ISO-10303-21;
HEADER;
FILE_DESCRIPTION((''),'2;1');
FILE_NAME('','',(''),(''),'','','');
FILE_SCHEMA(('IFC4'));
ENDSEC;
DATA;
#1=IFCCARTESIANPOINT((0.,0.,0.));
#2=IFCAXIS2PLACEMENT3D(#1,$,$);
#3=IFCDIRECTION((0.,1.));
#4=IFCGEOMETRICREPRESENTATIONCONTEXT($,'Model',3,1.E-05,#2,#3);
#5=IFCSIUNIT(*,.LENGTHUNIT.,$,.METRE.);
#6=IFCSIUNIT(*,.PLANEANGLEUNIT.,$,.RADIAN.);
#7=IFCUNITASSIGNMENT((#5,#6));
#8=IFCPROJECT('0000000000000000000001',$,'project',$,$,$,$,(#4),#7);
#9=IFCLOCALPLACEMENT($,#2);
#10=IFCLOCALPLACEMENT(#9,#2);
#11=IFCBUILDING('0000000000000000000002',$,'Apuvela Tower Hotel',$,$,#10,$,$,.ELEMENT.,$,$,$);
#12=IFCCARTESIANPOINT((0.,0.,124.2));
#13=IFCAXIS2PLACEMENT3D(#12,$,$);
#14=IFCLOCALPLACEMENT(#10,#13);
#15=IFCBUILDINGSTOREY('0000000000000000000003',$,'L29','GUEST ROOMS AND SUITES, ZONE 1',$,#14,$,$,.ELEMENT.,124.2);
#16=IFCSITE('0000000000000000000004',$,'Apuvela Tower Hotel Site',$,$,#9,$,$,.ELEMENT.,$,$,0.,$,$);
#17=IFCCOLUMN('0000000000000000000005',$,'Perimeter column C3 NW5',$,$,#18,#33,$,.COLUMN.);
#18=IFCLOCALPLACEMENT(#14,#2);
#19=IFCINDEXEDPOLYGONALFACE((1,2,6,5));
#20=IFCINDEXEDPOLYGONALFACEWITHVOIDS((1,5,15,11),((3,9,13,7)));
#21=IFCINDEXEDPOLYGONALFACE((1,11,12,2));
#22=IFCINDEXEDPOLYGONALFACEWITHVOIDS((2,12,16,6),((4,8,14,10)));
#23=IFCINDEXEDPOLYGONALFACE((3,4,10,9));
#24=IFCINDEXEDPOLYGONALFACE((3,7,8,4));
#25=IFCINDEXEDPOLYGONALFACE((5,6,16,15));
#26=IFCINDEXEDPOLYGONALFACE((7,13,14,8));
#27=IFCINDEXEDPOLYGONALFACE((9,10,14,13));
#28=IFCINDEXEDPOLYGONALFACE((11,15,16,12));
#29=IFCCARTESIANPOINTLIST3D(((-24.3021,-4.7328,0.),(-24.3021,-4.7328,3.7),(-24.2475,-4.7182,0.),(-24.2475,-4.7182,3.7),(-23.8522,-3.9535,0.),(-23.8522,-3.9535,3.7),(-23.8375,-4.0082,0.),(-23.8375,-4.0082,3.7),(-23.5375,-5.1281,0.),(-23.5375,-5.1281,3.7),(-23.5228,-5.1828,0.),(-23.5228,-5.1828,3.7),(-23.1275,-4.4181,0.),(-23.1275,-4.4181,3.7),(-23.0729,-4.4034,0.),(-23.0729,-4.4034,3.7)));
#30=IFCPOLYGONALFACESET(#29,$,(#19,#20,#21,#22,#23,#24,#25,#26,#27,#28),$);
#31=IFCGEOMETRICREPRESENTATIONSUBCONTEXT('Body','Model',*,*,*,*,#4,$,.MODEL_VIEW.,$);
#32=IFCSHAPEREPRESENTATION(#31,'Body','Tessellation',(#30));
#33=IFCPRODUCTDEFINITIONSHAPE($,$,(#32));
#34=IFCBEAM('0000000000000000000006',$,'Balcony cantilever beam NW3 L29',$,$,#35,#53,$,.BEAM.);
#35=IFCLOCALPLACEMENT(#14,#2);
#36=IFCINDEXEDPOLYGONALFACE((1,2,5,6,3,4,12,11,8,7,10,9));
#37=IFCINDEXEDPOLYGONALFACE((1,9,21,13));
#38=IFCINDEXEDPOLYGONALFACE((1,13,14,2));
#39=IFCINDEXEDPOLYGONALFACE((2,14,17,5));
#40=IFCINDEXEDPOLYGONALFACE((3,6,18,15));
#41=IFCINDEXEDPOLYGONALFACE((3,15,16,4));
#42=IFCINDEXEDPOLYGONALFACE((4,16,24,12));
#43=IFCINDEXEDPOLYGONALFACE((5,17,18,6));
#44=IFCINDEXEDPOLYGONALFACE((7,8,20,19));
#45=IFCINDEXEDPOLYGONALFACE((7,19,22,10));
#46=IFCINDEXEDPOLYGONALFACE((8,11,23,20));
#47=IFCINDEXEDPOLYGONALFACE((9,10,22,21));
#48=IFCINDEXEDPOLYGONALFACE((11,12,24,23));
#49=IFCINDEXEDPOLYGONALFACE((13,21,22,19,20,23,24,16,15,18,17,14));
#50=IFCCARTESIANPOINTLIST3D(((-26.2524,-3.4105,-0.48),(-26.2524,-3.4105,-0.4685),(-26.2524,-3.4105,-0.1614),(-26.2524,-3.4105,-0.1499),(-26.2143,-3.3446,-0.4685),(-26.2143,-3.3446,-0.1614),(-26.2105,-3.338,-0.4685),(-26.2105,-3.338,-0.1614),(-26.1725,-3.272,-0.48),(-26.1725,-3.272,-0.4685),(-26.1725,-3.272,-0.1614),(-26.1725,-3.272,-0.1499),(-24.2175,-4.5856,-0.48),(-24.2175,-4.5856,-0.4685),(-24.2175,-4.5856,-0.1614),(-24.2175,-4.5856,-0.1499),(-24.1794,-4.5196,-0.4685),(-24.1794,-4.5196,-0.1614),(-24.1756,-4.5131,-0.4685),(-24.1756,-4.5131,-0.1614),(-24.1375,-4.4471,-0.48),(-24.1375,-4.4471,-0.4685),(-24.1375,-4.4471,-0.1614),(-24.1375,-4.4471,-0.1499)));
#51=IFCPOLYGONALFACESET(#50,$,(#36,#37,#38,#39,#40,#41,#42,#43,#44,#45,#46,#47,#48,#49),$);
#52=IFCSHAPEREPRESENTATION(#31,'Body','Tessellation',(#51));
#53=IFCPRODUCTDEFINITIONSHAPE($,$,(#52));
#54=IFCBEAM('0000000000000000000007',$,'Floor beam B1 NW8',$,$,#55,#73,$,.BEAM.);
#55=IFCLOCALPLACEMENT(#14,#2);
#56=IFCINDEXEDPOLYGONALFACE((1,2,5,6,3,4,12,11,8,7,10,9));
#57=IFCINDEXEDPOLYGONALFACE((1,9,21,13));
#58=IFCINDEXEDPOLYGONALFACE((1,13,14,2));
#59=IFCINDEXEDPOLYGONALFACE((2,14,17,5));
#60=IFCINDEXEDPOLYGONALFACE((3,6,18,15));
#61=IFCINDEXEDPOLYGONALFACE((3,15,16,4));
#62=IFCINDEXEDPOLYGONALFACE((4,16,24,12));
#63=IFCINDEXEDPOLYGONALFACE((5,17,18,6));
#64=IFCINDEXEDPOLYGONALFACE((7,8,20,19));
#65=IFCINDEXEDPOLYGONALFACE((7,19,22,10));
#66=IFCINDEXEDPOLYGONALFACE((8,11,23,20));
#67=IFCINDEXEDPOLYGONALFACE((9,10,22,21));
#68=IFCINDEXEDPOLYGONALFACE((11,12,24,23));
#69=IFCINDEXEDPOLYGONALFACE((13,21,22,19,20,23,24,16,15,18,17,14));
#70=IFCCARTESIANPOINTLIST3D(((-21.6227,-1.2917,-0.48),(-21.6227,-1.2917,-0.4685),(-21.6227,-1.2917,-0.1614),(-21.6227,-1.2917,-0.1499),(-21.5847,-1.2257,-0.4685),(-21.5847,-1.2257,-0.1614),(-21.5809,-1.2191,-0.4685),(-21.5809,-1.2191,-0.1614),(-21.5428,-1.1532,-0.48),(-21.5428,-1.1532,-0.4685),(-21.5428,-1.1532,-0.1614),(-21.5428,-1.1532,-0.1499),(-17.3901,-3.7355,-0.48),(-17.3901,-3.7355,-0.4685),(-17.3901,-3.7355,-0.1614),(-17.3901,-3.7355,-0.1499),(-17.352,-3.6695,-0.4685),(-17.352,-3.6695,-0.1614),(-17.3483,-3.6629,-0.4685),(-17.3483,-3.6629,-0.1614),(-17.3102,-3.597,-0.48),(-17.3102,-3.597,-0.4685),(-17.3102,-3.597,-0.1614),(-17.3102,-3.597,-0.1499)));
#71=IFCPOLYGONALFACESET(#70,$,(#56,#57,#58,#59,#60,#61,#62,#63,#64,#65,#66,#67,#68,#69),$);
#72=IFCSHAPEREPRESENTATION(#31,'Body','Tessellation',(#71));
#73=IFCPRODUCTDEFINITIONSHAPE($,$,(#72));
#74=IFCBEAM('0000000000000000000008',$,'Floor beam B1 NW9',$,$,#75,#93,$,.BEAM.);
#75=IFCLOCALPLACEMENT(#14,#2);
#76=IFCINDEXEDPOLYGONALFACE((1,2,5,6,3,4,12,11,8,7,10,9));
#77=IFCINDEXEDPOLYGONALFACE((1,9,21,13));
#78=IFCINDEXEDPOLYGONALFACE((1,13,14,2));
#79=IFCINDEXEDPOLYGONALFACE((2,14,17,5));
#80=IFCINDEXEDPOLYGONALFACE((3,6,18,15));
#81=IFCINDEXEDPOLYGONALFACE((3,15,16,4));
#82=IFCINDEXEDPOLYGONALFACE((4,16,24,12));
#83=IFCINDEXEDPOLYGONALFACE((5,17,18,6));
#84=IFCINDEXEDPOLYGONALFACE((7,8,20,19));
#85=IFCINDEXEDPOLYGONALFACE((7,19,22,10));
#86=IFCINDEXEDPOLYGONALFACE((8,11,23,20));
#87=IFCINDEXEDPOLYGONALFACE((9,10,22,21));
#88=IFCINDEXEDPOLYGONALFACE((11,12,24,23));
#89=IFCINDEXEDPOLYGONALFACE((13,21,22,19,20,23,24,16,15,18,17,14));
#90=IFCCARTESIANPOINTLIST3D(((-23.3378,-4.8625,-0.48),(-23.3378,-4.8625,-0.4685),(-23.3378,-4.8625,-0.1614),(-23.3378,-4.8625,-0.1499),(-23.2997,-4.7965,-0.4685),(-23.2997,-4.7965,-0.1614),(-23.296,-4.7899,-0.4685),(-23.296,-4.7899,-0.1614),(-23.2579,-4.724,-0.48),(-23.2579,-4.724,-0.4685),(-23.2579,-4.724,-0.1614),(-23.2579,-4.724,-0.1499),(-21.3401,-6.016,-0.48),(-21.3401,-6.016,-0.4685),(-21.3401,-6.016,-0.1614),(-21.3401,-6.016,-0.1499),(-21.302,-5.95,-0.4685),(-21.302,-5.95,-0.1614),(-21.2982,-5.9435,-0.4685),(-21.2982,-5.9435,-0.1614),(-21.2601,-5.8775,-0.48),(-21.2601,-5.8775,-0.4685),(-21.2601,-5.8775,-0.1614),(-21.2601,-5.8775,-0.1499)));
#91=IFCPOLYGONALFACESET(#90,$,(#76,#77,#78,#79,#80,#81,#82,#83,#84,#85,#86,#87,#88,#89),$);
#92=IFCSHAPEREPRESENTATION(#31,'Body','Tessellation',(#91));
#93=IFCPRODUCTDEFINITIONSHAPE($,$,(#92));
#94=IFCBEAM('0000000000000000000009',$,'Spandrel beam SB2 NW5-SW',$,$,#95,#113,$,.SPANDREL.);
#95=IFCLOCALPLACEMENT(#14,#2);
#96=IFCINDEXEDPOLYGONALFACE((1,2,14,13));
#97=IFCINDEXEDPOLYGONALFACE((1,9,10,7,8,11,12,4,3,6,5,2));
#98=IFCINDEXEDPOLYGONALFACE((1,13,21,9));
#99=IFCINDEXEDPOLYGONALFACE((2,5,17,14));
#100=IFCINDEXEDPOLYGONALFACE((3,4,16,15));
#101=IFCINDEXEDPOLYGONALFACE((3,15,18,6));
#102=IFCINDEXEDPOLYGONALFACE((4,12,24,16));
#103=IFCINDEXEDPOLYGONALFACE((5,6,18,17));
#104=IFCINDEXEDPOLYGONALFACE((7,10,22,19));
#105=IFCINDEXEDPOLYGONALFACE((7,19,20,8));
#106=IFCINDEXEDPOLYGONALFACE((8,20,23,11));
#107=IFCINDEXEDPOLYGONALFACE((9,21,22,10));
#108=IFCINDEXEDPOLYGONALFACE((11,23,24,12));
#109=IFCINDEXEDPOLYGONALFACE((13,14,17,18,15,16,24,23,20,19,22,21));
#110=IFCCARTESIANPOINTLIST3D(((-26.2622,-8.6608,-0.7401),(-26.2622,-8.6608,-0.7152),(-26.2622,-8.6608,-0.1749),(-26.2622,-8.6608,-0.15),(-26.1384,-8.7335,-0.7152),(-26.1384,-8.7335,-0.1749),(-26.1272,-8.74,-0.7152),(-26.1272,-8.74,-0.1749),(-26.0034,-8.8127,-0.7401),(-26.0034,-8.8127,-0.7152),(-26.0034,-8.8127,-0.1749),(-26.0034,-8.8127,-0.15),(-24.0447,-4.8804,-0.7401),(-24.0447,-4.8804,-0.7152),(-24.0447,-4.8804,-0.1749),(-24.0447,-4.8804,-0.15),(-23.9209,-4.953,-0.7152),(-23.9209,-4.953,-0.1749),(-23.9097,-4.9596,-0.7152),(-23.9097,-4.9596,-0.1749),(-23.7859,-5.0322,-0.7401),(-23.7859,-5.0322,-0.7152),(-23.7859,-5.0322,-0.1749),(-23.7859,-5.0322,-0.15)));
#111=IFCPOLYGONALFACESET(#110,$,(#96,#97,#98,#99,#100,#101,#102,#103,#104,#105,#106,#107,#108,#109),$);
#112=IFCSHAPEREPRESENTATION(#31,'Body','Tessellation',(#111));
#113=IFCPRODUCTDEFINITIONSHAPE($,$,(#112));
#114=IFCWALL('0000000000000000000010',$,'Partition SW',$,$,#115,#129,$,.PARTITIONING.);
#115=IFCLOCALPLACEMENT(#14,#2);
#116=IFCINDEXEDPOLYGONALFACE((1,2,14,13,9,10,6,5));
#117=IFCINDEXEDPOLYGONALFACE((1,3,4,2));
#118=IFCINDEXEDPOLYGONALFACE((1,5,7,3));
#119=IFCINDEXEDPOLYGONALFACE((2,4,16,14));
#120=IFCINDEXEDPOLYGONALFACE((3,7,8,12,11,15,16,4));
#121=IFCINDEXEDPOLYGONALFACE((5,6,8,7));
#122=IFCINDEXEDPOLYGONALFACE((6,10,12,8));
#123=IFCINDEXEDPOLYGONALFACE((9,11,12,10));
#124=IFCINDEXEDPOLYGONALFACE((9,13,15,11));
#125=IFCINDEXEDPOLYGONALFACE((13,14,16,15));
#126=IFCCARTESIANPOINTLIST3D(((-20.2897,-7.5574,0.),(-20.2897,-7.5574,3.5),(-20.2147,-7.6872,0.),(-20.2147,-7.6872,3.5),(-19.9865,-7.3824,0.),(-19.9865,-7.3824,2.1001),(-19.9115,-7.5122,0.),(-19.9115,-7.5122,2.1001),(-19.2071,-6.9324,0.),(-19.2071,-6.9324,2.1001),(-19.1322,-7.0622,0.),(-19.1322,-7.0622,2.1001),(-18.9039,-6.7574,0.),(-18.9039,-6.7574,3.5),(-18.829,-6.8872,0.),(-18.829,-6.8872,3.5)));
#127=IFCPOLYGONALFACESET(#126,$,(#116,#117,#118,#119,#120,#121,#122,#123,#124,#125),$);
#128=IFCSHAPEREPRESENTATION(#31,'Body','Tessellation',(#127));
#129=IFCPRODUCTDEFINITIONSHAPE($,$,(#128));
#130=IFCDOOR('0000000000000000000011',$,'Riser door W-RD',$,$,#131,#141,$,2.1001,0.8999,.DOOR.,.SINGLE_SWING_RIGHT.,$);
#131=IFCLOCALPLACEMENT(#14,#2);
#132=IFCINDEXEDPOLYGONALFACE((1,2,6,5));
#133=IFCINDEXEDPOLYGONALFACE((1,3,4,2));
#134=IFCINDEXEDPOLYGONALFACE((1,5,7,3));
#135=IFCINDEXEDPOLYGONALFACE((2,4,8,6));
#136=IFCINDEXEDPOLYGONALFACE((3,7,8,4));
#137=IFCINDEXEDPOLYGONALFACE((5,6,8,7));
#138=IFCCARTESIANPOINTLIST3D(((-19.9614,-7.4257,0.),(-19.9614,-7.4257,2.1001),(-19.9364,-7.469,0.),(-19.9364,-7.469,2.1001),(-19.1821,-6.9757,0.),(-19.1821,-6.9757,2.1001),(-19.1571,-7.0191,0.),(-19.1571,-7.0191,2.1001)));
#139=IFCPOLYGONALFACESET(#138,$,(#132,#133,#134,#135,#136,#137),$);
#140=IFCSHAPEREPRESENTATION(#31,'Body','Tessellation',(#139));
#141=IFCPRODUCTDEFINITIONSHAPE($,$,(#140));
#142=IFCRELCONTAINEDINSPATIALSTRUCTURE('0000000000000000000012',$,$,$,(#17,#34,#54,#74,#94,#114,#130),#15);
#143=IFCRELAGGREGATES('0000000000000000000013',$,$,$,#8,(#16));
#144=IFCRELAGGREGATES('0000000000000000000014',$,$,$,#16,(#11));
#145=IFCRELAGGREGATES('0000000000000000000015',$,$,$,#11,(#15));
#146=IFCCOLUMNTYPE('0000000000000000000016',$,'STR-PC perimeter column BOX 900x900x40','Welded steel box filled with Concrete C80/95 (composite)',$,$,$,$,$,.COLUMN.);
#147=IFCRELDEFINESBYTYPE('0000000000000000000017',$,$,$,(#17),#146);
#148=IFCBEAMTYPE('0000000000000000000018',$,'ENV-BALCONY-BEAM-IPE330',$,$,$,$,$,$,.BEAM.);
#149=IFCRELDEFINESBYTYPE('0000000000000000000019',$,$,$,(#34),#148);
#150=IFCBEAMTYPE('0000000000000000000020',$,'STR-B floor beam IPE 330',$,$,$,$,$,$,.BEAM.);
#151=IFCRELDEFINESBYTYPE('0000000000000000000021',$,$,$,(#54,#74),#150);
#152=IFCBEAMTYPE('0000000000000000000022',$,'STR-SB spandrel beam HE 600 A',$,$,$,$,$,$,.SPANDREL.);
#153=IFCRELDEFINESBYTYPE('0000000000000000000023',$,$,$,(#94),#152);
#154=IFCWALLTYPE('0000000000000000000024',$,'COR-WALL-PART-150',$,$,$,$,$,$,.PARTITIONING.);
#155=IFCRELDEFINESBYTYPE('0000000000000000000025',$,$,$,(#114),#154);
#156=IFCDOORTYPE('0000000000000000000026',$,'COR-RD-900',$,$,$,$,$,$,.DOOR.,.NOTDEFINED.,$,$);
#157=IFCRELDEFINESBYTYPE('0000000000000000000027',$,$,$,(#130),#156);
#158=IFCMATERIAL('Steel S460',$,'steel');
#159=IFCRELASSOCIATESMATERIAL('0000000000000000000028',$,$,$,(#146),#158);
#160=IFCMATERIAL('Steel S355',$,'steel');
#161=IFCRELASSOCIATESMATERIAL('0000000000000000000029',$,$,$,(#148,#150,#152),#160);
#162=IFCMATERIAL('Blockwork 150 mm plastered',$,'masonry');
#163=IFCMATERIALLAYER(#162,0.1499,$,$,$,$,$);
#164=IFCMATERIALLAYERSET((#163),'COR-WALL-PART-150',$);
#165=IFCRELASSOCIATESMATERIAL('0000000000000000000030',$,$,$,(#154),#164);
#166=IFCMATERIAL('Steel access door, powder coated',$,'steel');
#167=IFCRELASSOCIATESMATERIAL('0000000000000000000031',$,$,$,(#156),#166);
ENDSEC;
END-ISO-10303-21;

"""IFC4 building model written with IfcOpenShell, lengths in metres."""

from ifc_helpers import new_model, si_unit, direction, frame, frame_2d, origin, origin_2d, place, context, subcontext, project, spatial, rectangle, hollow_rectangle, i_section, extrude, material, layer, layer_set, material_profile, profile_set, type_object, element, fill, save


model = new_model("IFC4")

# Units and contexts
model_context = context("Model", 3, precision=1e-05, world=origin(), true_north=direction((0.0, 1.0)))
body_context = subcontext(model_context, "Body", "Model", "MODEL_VIEW")
ifc_project = project(units=[si_unit("LENGTHUNIT", "METRE"), si_unit("PLANEANGLEUNIT", "RADIAN")], contexts=[model_context])

# Site, building, storey
site_placement = place(None, origin())
site = spatial("IfcSite", under=ifc_project, at=site_placement, Name="Apuvela Tower Hotel Site", CompositionType="ELEMENT", RefElevation=0.0)
building_placement = place(site_placement, origin())
building = spatial("IfcBuilding", under=site, at=building_placement, Name="Apuvela Tower Hotel", CompositionType="ELEMENT")
storey_placement = place(building_placement, frame((0.0, 0.0, 124.2)))
storey = spatial("IfcBuildingStorey", under=building, at=storey_placement, Name="L29", Description="GUEST ROOMS AND SUITES, ZONE 1", CompositionType="ELEMENT", Elevation=124.2)

# Column
ifc_material_1 = material(Name="Steel S460", Category="steel")
ifc_material_profile_1 = material_profile(ifc_material_1, hollow_rectangle(XDim=0.8999, YDim=0.8999, WallThickness=0.04, at=origin_2d()), Name="BOX 900x900x40")
ifc_material_2 = material(Name="Concrete C80/95", Category="concrete")
ifc_material_profile_2 = material_profile(ifc_material_2, rectangle(XDim=0.8201, YDim=0.8201, at=origin_2d()), Name="Concrete C80/95 infill")
ifc_profile_set_1 = profile_set([ifc_material_profile_1, ifc_material_profile_2], Name="Steel S460")
column_type = type_object("IfcColumnType", Name="STR-PC perimeter column BOX 900x900x40", Description="Welded steel box filled with Concrete C80/95 (composite)", PredefinedType="COLUMN", material=ifc_profile_set_1)
column_placement = place(storey_placement, frame((-23.6875, -4.5681, 0.0), z_axis=(0.0, 0.0, 1.0), x_axis=(0.5, 0.866025, 0.0)))
element("IfcColumn", 1, at=column_placement, inside=storey, type_object=column_type, Name="Perimeter column C3 NW5", PredefinedType="COLUMN", context=body_context, shape_type="SweptSolid", body=[
    extrude(hollow_rectangle(XDim=0.8999, YDim=0.8999, WallThickness=0.04, at=origin_2d()), origin(), (0.0, 0.0, 1.0), 3.7),
])

# Beams
ifc_material_3 = material(Name="Steel S355", Category="steel")
ifc_material_profile_3 = material_profile(ifc_material_3, i_section(OverallWidth=0.1599, OverallDepth=0.3301, WebThickness=0.0076, FlangeThickness=0.0115, at=origin_2d()), Name="IPE 330")
ifc_profile_set_2 = profile_set([ifc_material_profile_3], Name="Steel S355")
beam_type_1 = type_object("IfcBeamType", Name="ENV-BALCONY-BEAM-IPE330", PredefinedType="BEAM", material=ifc_profile_set_2)
beam_1_placement = place(storey_placement, frame((-24.1775, -4.5164, -0.3149), z_axis=(-0.86599, 0.500061, 0.0), x_axis=(-0.500061, -0.86599, 0.0)))
element("IfcBeam", 2, at=beam_1_placement, inside=storey, type_object=beam_type_1, Name="Balcony cantilever beam NW3 L29", PredefinedType="BEAM", context=body_context, shape_type="SweptSolid", body=[
    extrude(i_section(OverallWidth=0.1599, OverallDepth=0.3301, WebThickness=0.0076, FlangeThickness=0.0115, at=origin_2d()), origin(), (0.0, 0.0, 1.0), 2.3499),
])
ifc_material_profile_4 = material_profile(ifc_material_3, i_section(OverallWidth=0.1599, OverallDepth=0.3301, WebThickness=0.0076, FlangeThickness=0.0115, at=origin_2d()), Name="IPE 330")
ifc_profile_set_3 = profile_set([ifc_material_profile_4], Name="Steel S355")
beam_type_2 = type_object("IfcBeamType", Name="STR-B floor beam IPE 330", PredefinedType="BEAM", material=ifc_profile_set_3)
beam_2_placement = place(storey_placement, frame((-21.5828, -1.2224, -0.3149), z_axis=(0.866015, -0.500018, 0.0), x_axis=(0.500018, 0.866015, 0.0)))
element("IfcBeam", 3, at=beam_2_placement, inside=storey, type_object=beam_type_2, Name="Floor beam B1 NW8", PredefinedType="BEAM", context=body_context, shape_type="SweptSolid", body=[
    extrude(i_section(OverallWidth=0.1599, OverallDepth=0.3301, WebThickness=0.0076, FlangeThickness=0.0115, at=origin_2d()), origin(), (0.0, 0.0, 1.0), 4.8875),
])
beam_3_placement = place(storey_placement, frame((-23.2979, -4.7932, -0.3149), z_axis=(0.866001, -0.500043, 0.0), x_axis=(0.500043, 0.866001, 0.0)))
element("IfcBeam", 4, at=beam_3_placement, inside=storey, type_object=beam_type_2, Name="Floor beam B1 NW9", PredefinedType="BEAM", context=body_context, shape_type="SweptSolid", body=[
    extrude(i_section(OverallWidth=0.1599, OverallDepth=0.3301, WebThickness=0.0076, FlangeThickness=0.0115, at=origin_2d()), origin(), (0.0, 0.0, 1.0), 2.3069),
])
ifc_material_profile_5 = material_profile(ifc_material_3, i_section(OverallWidth=0.3, OverallDepth=0.5901, WebThickness=0.0129, FlangeThickness=0.0249, at=origin_2d()), Name="HE 600 A")
ifc_profile_set_4 = profile_set([ifc_material_profile_5], Name="Steel S355")
beam_type_3 = type_object("IfcBeamType", Name="STR-SB spandrel beam HE 600 A", PredefinedType="SPANDREL", material=ifc_profile_set_4)
beam_4_placement = place(storey_placement, frame((-23.9153, -4.9563, -0.4451), z_axis=(-0.505951, -0.862562, 0.0), x_axis=(0.862562, -0.505951, 0.0)))
element("IfcBeam", 5, at=beam_4_placement, inside=storey, type_object=beam_type_3, Name="Spandrel beam SB2 NW5-SW", PredefinedType="SPANDREL", context=body_context, shape_type="SweptSolid", body=[
    extrude(i_section(OverallWidth=0.3, OverallDepth=0.5901, WebThickness=0.0129, FlangeThickness=0.0249, at=origin_2d()), origin(), (0.0, 0.0, 1.0), 4.3828),
])

# Wall, opening, door
ifc_material_4 = material(Name="Blockwork 150 mm plastered", Category="masonry")
ifc_layer_1 = layer(ifc_material_4, 0.1499)
ifc_layer_set_1 = layer_set([ifc_layer_1], Name="COR-WALL-PART-150")
wall_type_1 = type_object("IfcWallType", Name="COR-WALL-PART-150", PredefinedType="PARTITIONING", material=ifc_layer_set_1)
wall_1_placement = place(storey_placement, frame((-18.8665, -6.8223, 0.0), z_axis=(0.0, 0.0, 1.0), x_axis=(-0.866028, -0.499995, 0.0)))
wall_1 = element("IfcWall", 6, at=wall_1_placement, inside=storey, type_object=wall_type_1, Name="Partition SW", PredefinedType="PARTITIONING", context=body_context, shape_type="SweptSolid", body=[
    extrude(rectangle(XDim=1.6001, YDim=0.1499, at=frame_2d((0.8, 0.0))), origin(), (0.0, 0.0, 1.0), 3.5),
])
opening_1_placement = place(wall_1_placement, frame((0.3501, 0.0, 0.0)))
opening_1 = element("IfcOpeningElement", 7, at=opening_1_placement, cuts=wall_1, PredefinedType="OPENING", context=body_context, shape_type="SweptSolid", body=[
    extrude(rectangle(XDim=0.8999, YDim=2.1001, at=frame_2d((0.45, 1.05))), frame((0.0, 0.085, 0.0), z_axis=(0.0, -1.0, 0.0), x_axis=(1.0, 0.0, 0.0)), (0.0, 0.0, 1.0), 0.1699),
])
ifc_material_5 = material(Name="Steel access door, powder coated", Category="steel")
door_type_1 = type_object("IfcDoorType", Name="COR-RD-900", OperationType="NOTDEFINED", PredefinedType="DOOR", material=ifc_material_5)
door_1_placement = place(opening_1_placement, frame((0.8999, 0.0, 0.0), z_axis=(0.0, 0.0, 1.0), x_axis=(-1.0, 0.0, 0.0)))
door_1 = element("IfcDoor", 8, at=door_1_placement, inside=storey, type_object=door_type_1, Name="Riser door W-RD", OperationType="SINGLE_SWING_RIGHT", OverallHeight=2.1001, OverallWidth=0.8999, PredefinedType="DOOR", context=body_context, shape_type="SweptSolid", body=[
    extrude(rectangle(XDim=0.8999, YDim=2.1001, at=frame_2d((0.45, 1.05))), frame((0.0, 0.0249, 0.0), z_axis=(0.0, -1.0, 0.0), x_axis=(1.0, 0.0, 0.0)), (0.0, 0.0, 1.0), 0.05),
])
fill(opening_1, door_1)

save(model, "model.ifc")
